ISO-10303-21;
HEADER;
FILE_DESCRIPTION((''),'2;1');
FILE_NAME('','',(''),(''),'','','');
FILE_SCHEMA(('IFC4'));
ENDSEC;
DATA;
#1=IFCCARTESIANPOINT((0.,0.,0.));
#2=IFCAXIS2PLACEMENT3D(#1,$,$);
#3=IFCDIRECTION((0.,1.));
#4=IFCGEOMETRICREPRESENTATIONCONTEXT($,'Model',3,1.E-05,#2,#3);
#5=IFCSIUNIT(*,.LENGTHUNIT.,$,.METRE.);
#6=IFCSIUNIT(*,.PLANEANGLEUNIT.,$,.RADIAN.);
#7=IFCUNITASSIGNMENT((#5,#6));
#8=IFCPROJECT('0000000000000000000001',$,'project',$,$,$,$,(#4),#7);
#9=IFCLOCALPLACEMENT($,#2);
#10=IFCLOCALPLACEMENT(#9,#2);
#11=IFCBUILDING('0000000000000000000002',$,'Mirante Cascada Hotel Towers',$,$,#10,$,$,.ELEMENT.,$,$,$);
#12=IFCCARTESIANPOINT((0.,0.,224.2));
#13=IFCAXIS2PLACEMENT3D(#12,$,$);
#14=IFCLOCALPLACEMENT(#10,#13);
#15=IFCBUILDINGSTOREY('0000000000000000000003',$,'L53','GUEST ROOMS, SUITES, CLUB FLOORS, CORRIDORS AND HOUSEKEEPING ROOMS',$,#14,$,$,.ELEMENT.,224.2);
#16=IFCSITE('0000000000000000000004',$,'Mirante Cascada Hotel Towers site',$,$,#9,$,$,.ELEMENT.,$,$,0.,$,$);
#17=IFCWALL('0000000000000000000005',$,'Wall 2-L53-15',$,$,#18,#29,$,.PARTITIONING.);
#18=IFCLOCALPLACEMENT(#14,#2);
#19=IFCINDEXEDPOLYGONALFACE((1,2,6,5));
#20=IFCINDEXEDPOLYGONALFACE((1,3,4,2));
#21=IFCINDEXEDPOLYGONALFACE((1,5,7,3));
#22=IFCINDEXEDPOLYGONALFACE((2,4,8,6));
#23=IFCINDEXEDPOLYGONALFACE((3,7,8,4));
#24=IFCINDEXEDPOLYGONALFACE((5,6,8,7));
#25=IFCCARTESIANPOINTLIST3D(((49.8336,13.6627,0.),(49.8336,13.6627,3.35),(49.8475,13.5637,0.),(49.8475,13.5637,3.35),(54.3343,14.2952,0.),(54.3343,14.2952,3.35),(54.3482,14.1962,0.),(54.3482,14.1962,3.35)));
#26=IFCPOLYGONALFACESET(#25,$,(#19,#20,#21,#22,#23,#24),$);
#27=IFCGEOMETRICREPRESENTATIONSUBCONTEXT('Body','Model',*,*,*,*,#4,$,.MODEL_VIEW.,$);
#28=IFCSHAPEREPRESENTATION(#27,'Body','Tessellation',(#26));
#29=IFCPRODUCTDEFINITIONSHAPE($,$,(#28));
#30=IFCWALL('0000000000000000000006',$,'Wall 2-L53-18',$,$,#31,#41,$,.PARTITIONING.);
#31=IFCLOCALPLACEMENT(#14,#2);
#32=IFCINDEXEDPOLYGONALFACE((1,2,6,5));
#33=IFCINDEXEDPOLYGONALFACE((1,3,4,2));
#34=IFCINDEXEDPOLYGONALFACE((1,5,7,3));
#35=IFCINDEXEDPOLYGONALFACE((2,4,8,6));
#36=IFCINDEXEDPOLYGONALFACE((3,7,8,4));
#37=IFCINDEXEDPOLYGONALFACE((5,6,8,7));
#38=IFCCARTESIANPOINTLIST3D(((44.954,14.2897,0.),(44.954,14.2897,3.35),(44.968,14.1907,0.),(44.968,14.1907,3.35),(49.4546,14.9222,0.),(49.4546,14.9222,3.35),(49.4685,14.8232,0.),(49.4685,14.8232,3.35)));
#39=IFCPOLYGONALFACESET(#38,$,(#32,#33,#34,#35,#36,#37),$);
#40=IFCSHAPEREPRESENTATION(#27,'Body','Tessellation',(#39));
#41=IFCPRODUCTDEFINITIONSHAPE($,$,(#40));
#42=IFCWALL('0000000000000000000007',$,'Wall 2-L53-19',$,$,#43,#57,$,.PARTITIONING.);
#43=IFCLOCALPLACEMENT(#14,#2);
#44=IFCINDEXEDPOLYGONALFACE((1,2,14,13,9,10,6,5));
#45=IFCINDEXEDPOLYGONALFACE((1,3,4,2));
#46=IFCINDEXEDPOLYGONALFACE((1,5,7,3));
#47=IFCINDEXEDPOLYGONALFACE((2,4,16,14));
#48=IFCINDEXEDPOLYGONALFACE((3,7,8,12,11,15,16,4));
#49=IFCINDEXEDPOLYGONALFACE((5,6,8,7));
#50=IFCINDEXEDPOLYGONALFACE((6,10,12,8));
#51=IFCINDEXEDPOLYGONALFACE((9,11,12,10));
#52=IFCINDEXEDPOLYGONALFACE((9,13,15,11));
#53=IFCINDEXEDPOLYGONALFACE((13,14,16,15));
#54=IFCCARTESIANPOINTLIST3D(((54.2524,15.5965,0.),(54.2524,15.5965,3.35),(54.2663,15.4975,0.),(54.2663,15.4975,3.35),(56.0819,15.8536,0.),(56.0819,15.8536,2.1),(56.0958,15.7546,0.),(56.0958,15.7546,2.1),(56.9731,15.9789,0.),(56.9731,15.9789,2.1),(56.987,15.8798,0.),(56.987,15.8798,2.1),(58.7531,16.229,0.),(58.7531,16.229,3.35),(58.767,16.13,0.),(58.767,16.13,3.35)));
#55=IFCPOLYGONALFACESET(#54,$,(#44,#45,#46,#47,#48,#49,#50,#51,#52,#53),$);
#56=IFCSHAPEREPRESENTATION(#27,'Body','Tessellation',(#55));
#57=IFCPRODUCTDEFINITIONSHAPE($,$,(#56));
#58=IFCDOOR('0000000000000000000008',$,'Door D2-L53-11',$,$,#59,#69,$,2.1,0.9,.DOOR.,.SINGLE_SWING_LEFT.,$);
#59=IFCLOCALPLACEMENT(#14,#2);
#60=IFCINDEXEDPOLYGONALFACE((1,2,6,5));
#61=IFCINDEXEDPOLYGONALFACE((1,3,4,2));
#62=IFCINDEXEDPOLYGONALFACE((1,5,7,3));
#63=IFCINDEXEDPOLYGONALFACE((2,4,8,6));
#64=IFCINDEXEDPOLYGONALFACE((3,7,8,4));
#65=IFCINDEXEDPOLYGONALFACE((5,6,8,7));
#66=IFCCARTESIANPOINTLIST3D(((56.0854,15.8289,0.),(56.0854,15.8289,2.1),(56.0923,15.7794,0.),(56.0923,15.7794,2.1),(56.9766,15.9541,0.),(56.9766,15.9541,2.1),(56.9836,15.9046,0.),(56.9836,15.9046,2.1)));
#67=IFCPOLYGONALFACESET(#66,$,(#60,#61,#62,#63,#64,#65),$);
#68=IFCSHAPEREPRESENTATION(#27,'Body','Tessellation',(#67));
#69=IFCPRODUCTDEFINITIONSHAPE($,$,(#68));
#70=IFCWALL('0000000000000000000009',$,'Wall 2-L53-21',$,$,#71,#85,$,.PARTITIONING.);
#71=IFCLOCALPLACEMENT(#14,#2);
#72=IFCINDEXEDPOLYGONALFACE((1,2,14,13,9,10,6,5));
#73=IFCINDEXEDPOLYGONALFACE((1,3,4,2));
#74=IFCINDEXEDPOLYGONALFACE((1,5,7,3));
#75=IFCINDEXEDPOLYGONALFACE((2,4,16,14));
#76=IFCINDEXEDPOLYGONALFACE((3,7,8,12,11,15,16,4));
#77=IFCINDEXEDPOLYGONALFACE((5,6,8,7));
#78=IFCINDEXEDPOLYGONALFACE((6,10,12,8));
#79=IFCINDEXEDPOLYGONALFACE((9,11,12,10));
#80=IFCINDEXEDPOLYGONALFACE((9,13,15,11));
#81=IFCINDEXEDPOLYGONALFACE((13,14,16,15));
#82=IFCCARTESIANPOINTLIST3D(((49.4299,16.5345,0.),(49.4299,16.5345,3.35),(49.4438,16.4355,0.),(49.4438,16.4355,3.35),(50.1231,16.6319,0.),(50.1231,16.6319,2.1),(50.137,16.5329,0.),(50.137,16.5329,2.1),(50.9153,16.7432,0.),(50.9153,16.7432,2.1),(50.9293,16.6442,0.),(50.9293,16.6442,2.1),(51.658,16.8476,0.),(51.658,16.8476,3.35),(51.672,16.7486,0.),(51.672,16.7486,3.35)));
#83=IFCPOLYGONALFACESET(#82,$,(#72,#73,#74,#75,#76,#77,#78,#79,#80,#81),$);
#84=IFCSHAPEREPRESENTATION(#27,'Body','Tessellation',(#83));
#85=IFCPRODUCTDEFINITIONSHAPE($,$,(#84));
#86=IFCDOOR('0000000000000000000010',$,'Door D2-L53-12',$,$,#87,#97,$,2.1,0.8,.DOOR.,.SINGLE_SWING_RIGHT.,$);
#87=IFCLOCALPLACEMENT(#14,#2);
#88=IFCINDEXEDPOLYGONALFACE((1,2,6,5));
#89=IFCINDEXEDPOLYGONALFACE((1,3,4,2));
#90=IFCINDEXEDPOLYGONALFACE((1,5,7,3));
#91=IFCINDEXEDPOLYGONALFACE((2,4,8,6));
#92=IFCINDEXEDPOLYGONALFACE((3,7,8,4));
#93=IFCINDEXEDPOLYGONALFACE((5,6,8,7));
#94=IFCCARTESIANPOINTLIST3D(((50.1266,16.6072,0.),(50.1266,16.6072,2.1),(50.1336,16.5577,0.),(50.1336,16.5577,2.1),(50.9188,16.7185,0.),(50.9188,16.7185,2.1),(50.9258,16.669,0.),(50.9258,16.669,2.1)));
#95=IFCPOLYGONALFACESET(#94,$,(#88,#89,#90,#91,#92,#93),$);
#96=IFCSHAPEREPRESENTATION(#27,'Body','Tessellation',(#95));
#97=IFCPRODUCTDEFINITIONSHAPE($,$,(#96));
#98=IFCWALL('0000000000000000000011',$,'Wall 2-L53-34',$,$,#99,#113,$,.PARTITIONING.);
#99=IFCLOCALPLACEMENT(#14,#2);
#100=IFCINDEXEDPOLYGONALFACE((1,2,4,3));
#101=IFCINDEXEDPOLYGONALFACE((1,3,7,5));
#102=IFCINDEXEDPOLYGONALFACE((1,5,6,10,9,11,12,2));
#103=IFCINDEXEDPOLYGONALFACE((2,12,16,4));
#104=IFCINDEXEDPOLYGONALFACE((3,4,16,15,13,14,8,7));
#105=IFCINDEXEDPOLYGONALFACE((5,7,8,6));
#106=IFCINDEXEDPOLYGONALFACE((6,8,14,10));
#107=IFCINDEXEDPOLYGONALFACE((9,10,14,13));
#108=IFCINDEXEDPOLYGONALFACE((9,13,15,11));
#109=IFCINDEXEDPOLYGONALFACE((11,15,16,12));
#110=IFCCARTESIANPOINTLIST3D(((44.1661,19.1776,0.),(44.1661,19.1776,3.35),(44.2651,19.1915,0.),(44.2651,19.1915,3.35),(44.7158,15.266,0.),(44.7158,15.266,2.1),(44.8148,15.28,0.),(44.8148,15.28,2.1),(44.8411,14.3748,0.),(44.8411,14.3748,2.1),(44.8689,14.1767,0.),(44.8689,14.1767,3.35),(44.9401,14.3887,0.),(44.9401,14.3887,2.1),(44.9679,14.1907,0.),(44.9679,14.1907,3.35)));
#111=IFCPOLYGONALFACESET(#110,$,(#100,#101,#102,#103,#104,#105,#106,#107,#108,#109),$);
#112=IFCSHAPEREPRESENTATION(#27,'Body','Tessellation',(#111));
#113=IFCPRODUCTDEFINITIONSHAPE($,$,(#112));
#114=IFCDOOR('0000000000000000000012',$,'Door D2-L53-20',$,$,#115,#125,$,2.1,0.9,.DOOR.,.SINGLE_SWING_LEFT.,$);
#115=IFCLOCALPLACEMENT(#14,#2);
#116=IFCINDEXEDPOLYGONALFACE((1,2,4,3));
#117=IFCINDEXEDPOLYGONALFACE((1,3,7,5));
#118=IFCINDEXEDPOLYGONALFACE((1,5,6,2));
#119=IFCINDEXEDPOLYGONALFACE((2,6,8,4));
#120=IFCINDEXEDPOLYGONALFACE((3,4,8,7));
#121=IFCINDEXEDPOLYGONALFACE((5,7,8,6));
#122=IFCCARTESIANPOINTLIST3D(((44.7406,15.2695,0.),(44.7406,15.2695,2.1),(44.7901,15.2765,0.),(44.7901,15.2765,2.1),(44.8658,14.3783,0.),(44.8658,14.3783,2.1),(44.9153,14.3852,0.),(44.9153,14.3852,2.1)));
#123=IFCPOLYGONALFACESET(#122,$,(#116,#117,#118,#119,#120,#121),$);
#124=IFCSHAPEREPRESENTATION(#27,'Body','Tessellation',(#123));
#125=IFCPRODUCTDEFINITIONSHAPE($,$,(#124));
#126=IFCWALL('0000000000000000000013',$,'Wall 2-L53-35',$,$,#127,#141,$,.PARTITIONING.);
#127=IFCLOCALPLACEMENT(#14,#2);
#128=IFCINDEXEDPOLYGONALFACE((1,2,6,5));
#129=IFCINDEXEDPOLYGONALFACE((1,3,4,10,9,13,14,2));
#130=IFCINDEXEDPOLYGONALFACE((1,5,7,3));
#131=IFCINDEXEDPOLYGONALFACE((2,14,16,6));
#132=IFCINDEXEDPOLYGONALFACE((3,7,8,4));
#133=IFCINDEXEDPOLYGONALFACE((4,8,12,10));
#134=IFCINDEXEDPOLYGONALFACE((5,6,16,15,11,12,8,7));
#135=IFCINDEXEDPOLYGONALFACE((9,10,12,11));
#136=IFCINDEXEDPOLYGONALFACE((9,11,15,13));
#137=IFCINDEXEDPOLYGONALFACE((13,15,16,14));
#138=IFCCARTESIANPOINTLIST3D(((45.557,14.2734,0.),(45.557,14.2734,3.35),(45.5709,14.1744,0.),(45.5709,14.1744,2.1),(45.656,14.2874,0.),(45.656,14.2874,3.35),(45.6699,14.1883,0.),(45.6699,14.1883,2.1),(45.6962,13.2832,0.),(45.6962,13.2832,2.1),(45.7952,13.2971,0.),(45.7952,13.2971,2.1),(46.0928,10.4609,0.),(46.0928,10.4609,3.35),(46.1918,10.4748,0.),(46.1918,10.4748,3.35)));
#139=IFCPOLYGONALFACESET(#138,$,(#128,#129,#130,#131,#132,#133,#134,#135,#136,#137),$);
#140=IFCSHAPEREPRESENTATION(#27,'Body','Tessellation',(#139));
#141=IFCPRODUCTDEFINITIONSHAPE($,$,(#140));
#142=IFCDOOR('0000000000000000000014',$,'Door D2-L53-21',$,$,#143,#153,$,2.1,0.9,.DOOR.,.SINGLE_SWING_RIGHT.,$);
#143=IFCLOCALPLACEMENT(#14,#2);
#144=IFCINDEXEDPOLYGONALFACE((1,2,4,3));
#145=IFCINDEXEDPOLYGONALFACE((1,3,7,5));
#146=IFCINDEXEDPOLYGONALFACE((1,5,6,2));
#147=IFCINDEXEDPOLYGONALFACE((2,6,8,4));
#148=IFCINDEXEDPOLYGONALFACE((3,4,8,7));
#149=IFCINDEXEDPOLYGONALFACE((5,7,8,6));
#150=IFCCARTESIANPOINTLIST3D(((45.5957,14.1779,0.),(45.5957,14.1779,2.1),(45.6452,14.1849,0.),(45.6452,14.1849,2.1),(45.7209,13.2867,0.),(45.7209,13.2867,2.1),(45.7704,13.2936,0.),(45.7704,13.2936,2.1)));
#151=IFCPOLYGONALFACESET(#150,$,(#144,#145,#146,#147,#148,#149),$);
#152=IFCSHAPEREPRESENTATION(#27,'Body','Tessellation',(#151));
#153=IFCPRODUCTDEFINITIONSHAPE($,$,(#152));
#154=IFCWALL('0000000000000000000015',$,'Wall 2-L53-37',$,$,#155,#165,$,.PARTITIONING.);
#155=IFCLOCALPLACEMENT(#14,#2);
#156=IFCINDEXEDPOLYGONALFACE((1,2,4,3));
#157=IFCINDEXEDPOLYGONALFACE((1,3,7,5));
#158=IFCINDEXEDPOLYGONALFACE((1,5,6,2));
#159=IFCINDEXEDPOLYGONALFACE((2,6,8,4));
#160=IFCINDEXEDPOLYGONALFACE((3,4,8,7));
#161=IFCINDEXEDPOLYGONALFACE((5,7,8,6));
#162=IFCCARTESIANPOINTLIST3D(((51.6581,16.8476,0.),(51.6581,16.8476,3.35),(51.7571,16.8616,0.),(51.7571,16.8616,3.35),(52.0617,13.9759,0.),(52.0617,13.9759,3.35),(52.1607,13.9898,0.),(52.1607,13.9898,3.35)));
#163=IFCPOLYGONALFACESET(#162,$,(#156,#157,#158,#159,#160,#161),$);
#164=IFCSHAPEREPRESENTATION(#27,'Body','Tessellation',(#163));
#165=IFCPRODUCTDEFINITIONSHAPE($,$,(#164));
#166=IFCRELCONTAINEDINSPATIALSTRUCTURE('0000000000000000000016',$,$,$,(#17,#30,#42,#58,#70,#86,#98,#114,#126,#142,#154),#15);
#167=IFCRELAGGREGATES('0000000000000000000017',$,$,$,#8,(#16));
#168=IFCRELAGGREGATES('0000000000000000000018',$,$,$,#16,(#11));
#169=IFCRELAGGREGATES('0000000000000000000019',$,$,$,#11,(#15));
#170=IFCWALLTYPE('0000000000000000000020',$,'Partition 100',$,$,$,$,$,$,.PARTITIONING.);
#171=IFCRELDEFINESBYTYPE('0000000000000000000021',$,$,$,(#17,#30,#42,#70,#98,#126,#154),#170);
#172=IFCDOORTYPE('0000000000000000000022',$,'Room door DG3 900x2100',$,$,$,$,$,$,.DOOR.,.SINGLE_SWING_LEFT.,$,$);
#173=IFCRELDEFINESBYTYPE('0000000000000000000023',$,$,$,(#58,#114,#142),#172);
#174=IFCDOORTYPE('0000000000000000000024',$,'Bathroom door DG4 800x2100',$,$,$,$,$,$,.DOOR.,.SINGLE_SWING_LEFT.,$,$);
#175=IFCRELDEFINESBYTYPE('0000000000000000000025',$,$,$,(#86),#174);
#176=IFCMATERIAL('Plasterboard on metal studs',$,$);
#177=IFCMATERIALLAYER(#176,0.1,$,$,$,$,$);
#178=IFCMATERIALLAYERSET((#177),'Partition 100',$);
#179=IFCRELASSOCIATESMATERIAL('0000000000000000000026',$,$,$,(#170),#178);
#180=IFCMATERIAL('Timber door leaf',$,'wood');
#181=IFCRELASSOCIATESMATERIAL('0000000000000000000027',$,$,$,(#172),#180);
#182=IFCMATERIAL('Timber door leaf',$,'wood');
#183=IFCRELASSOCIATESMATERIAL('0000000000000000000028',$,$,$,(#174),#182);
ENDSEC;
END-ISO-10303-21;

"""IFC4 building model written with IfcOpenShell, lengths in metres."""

from ifc_helpers import new_model, si_unit, direction, frame, frame_2d, origin, place, context, subcontext, project, spatial, rectangle, extrude, material, layer, layer_set, type_object, element, fill, save


model = new_model("IFC4")

# Units and contexts
model_context = context("Model", 3, precision=1e-05, world=origin(), true_north=direction((0.0, 1.0)))
body_context = subcontext(model_context, "Body", "Model", "MODEL_VIEW")
ifc_project = project(units=[si_unit("LENGTHUNIT", "METRE"), si_unit("PLANEANGLEUNIT", "RADIAN")], contexts=[model_context])

# Site, building, storey
site_placement = place(None, origin())
site = spatial("IfcSite", under=ifc_project, at=site_placement, Name="Mirante Cascada Hotel Towers site", CompositionType="ELEMENT", RefElevation=0.0)
building_placement = place(site_placement, origin())
building = spatial("IfcBuilding", under=site, at=building_placement, Name="Mirante Cascada Hotel Towers", CompositionType="ELEMENT")
storey_placement = place(building_placement, frame((0.0, 0.0, 224.2)))
storey = spatial("IfcBuildingStorey", under=building, at=storey_placement, Name="L53", Description="GUEST ROOMS, SUITES, CLUB FLOORS, CORRIDORS AND HOUSEKEEPING ROOMS", CompositionType="ELEMENT", Elevation=224.2)

# Walls
ifc_material_1 = material(Name="Plasterboard on metal studs")
ifc_layer_1 = layer(ifc_material_1, 0.1)
ifc_layer_set_1 = layer_set([ifc_layer_1], Name="Partition 100")
wall_type_1 = type_object("IfcWallType", Name="Partition 100", PredefinedType="PARTITIONING", material=ifc_layer_set_1)
wall_1_placement = place(storey_placement, frame((54.3412, 14.2457, 0.0), z_axis=(0.0, 0.0, 1.0), x_axis=(-0.990269, -0.139166, 0.0)))
element("IfcWall", 1, at=wall_1_placement, inside=storey, type_object=wall_type_1, Name="Wall 2-L53-15", PredefinedType="PARTITIONING", context=body_context, shape_type="SweptSolid", body=[
    extrude(rectangle(XDim=4.5449, YDim=0.1, at=frame_2d((2.2724, 0.0))), origin(), (0.0, 0.0, 1.0), 3.35),
])
wall_2_placement = place(storey_placement, frame((44.961, 14.2402, 0.0), z_axis=(0.0, 0.0, 1.0), x_axis=(0.990269, 0.139169, 0.0)))
element("IfcWall", 2, at=wall_2_placement, inside=storey, type_object=wall_type_1, Name="Wall 2-L53-18", PredefinedType="PARTITIONING", context=body_context, shape_type="SweptSolid", body=[
    extrude(rectangle(XDim=4.5448, YDim=0.1, at=frame_2d((2.2724, 0.0))), origin(), (0.0, 0.0, 1.0), 3.35),
])

# Walls, openings, doors
wall_3_placement = place(storey_placement, frame((58.76, 16.1795, 0.0), z_axis=(0.0, 0.0, 1.0), x_axis=(-0.990269, -0.139166, 0.0)))
wall_3 = element("IfcWall", 3, at=wall_3_placement, inside=storey, type_object=wall_type_1, Name="Wall 2-L53-19", PredefinedType="PARTITIONING", context=body_context, shape_type="SweptSolid", body=[
    extrude(rectangle(XDim=4.5449, YDim=0.1, at=frame_2d((2.2724, 0.0))), origin(), (0.0, 0.0, 1.0), 3.35),
])
opening_1_placement = place(wall_3_placement, frame((1.7974, 0.0, 0.0)))
opening_1 = element("IfcOpeningElement", 4, at=opening_1_placement, cuts=wall_3, PredefinedType="OPENING", context=body_context, shape_type="SweptSolid", body=[
    extrude(rectangle(XDim=0.9, YDim=2.1, at=frame_2d((0.45, 1.05))), frame((0.0, 0.05, 0.0), z_axis=(0.0, -1.0, 0.0), x_axis=(1.0, 0.0, 0.0)), (0.0, 0.0, 1.0), 0.1),
])
ifc_material_2 = material(Name="Timber door leaf", Category="wood")
door_type_1 = type_object("IfcDoorType", Name="Room door DG3 900x2100", OperationType="SINGLE_SWING_LEFT", PredefinedType="DOOR", material=ifc_material_2)
door_1_placement = place(opening_1_placement, origin())
door_1 = element("IfcDoor", 5, at=door_1_placement, inside=storey, type_object=door_type_1, Name="Door D2-L53-11", OperationType="SINGLE_SWING_LEFT", OverallHeight=2.1, OverallWidth=0.9, PredefinedType="DOOR", context=body_context, shape_type="SweptSolid", body=[
    extrude(rectangle(XDim=0.9, YDim=2.1, at=frame_2d((0.45, 1.05))), frame((0.0, 0.025, 0.0), z_axis=(0.0, -1.0, 0.0), x_axis=(1.0, 0.0, 0.0)), (0.0, 0.0, 1.0), 0.05),
])
fill(opening_1, door_1)
wall_4_placement = place(storey_placement, frame((51.665, 16.7981, 0.0), z_axis=(0.0, 0.0, 1.0), x_axis=(-0.990271, -0.139156, 0.0)))
wall_4 = element("IfcWall", 6, at=wall_4_placement, inside=storey, type_object=wall_type_1, Name="Wall 2-L53-21", PredefinedType="PARTITIONING", context=body_context, shape_type="SweptSolid", body=[
    extrude(rectangle(XDim=2.25, YDim=0.1, at=frame_2d((1.125, 0.0))), origin(), (0.0, 0.0, 1.0), 3.35),
])
opening_2_placement = place(wall_4_placement, frame((0.75, 0.0, 0.0)))
opening_2 = element("IfcOpeningElement", 7, at=opening_2_placement, cuts=wall_4, PredefinedType="OPENING", context=body_context, shape_type="SweptSolid", body=[
    extrude(rectangle(XDim=0.8, YDim=2.1, at=frame_2d((0.4, 1.05))), frame((0.0, 0.05, 0.0), z_axis=(0.0, -1.0, 0.0), x_axis=(1.0, 0.0, 0.0)), (0.0, 0.0, 1.0), 0.1),
])
ifc_material_3 = material(Name="Timber door leaf", Category="wood")
door_type_2 = type_object("IfcDoorType", Name="Bathroom door DG4 800x2100", OperationType="SINGLE_SWING_LEFT", PredefinedType="DOOR", material=ifc_material_3)
door_2_placement = place(opening_2_placement, frame((0.8, 0.0, 0.0), z_axis=(0.0, 0.0, 1.0), x_axis=(-1.0, 0.0, 0.0)))
door_2 = element("IfcDoor", 8, at=door_2_placement, inside=storey, type_object=door_type_2, Name="Door D2-L53-12", OperationType="SINGLE_SWING_RIGHT", OverallHeight=2.1, OverallWidth=0.8, PredefinedType="DOOR", context=body_context, shape_type="SweptSolid", body=[
    extrude(rectangle(XDim=0.8, YDim=2.1, at=frame_2d((0.4, 1.05))), frame((0.0, 0.025, 0.0), z_axis=(0.0, -1.0, 0.0), x_axis=(1.0, 0.0, 0.0)), (0.0, 0.0, 1.0), 0.05),
])
fill(opening_2, door_2)
wall_5_placement = place(storey_placement, frame((44.9184, 14.1837, 0.0), z_axis=(0.0, 0.0, 1.0), x_axis=(-0.139167, 0.990269, 0.0)))
wall_5 = element("IfcWall", 9, at=wall_5_placement, inside=storey, type_object=wall_type_1, Name="Wall 2-L53-34", PredefinedType="PARTITIONING", context=body_context, shape_type="SweptSolid", body=[
    extrude(rectangle(XDim=5.05, YDim=0.1, at=frame_2d((2.525, 0.0))), origin(), (0.0, 0.0, 1.0), 3.35),
])
opening_3_placement = place(wall_5_placement, frame((0.2, 0.0, 0.0)))
opening_3 = element("IfcOpeningElement", 10, at=opening_3_placement, cuts=wall_5, PredefinedType="OPENING", context=body_context, shape_type="SweptSolid", body=[
    extrude(rectangle(XDim=0.9, YDim=2.1, at=frame_2d((0.45, 1.05))), frame((0.0, 0.05, 0.0), z_axis=(0.0, -1.0, 0.0), x_axis=(1.0, 0.0, 0.0)), (0.0, 0.0, 1.0), 0.1),
])
door_3_placement = place(opening_3_placement, origin())
door_3 = element("IfcDoor", 11, at=door_3_placement, inside=storey, type_object=door_type_1, Name="Door D2-L53-20", OperationType="SINGLE_SWING_LEFT", OverallHeight=2.1, OverallWidth=0.9, PredefinedType="DOOR", context=body_context, shape_type="SweptSolid", body=[
    extrude(rectangle(XDim=0.9, YDim=2.1, at=frame_2d((0.45, 1.05))), frame((0.0, 0.025, 0.0), z_axis=(0.0, -1.0, 0.0), x_axis=(1.0, 0.0, 0.0)), (0.0, 0.0, 1.0), 0.05),
])
fill(opening_3, door_3)
wall_6_placement = place(storey_placement, frame((45.6065, 14.2804, 0.0), z_axis=(0.0, 0.0, 1.0), x_axis=(0.13917, -0.990268, 0.0)))
wall_6 = element("IfcWall", 12, at=wall_6_placement, inside=storey, type_object=wall_type_1, Name="Wall 2-L53-35", PredefinedType="PARTITIONING", context=body_context, shape_type="SweptSolid", body=[
    extrude(rectangle(XDim=3.85, YDim=0.1, at=frame_2d((1.925, 0.0))), origin(), (0.0, 0.0, 1.0), 3.35),
])
opening_4_placement = place(wall_6_placement, frame((0.1, 0.0, 0.0)))
opening_4 = element("IfcOpeningElement", 13, at=opening_4_placement, cuts=wall_6, PredefinedType="OPENING", context=body_context, shape_type="SweptSolid", body=[
    extrude(rectangle(XDim=0.9, YDim=2.1, at=frame_2d((0.45, 1.05))), frame((0.0, 0.05, 0.0), z_axis=(0.0, -1.0, 0.0), x_axis=(1.0, 0.0, 0.0)), (0.0, 0.0, 1.0), 0.1),
])
door_4_placement = place(opening_4_placement, frame((0.9, 0.0, 0.0), z_axis=(0.0, 0.0, 1.0), x_axis=(-1.0, 0.0, 0.0)))
door_4 = element("IfcDoor", 14, at=door_4_placement, inside=storey, type_object=door_type_1, Name="Door D2-L53-21", OperationType="SINGLE_SWING_RIGHT", OverallHeight=2.1, OverallWidth=0.9, PredefinedType="DOOR", context=body_context, shape_type="SweptSolid", body=[
    extrude(rectangle(XDim=0.9, YDim=2.1, at=frame_2d((0.45, 1.05))), frame((0.0, 0.025, 0.0), z_axis=(0.0, -1.0, 0.0), x_axis=(1.0, 0.0, 0.0)), (0.0, 0.0, 1.0), 0.05),
])
fill(opening_4, door_4)

# Wall
wall_7_placement = place(storey_placement, frame((51.7076, 16.8546, 0.0), z_axis=(0.0, 0.0, 1.0), x_axis=(0.139171, -0.990268, 0.0)))
element("IfcWall", 15, at=wall_7_placement, inside=storey, type_object=wall_type_1, Name="Wall 2-L53-37", PredefinedType="PARTITIONING", context=body_context, shape_type="SweptSolid", body=[
    extrude(rectangle(XDim=2.9, YDim=0.1, at=frame_2d((1.45, 0.0))), origin(), (0.0, 0.0, 1.0), 3.35),
])

save(model, "model.ifc")
